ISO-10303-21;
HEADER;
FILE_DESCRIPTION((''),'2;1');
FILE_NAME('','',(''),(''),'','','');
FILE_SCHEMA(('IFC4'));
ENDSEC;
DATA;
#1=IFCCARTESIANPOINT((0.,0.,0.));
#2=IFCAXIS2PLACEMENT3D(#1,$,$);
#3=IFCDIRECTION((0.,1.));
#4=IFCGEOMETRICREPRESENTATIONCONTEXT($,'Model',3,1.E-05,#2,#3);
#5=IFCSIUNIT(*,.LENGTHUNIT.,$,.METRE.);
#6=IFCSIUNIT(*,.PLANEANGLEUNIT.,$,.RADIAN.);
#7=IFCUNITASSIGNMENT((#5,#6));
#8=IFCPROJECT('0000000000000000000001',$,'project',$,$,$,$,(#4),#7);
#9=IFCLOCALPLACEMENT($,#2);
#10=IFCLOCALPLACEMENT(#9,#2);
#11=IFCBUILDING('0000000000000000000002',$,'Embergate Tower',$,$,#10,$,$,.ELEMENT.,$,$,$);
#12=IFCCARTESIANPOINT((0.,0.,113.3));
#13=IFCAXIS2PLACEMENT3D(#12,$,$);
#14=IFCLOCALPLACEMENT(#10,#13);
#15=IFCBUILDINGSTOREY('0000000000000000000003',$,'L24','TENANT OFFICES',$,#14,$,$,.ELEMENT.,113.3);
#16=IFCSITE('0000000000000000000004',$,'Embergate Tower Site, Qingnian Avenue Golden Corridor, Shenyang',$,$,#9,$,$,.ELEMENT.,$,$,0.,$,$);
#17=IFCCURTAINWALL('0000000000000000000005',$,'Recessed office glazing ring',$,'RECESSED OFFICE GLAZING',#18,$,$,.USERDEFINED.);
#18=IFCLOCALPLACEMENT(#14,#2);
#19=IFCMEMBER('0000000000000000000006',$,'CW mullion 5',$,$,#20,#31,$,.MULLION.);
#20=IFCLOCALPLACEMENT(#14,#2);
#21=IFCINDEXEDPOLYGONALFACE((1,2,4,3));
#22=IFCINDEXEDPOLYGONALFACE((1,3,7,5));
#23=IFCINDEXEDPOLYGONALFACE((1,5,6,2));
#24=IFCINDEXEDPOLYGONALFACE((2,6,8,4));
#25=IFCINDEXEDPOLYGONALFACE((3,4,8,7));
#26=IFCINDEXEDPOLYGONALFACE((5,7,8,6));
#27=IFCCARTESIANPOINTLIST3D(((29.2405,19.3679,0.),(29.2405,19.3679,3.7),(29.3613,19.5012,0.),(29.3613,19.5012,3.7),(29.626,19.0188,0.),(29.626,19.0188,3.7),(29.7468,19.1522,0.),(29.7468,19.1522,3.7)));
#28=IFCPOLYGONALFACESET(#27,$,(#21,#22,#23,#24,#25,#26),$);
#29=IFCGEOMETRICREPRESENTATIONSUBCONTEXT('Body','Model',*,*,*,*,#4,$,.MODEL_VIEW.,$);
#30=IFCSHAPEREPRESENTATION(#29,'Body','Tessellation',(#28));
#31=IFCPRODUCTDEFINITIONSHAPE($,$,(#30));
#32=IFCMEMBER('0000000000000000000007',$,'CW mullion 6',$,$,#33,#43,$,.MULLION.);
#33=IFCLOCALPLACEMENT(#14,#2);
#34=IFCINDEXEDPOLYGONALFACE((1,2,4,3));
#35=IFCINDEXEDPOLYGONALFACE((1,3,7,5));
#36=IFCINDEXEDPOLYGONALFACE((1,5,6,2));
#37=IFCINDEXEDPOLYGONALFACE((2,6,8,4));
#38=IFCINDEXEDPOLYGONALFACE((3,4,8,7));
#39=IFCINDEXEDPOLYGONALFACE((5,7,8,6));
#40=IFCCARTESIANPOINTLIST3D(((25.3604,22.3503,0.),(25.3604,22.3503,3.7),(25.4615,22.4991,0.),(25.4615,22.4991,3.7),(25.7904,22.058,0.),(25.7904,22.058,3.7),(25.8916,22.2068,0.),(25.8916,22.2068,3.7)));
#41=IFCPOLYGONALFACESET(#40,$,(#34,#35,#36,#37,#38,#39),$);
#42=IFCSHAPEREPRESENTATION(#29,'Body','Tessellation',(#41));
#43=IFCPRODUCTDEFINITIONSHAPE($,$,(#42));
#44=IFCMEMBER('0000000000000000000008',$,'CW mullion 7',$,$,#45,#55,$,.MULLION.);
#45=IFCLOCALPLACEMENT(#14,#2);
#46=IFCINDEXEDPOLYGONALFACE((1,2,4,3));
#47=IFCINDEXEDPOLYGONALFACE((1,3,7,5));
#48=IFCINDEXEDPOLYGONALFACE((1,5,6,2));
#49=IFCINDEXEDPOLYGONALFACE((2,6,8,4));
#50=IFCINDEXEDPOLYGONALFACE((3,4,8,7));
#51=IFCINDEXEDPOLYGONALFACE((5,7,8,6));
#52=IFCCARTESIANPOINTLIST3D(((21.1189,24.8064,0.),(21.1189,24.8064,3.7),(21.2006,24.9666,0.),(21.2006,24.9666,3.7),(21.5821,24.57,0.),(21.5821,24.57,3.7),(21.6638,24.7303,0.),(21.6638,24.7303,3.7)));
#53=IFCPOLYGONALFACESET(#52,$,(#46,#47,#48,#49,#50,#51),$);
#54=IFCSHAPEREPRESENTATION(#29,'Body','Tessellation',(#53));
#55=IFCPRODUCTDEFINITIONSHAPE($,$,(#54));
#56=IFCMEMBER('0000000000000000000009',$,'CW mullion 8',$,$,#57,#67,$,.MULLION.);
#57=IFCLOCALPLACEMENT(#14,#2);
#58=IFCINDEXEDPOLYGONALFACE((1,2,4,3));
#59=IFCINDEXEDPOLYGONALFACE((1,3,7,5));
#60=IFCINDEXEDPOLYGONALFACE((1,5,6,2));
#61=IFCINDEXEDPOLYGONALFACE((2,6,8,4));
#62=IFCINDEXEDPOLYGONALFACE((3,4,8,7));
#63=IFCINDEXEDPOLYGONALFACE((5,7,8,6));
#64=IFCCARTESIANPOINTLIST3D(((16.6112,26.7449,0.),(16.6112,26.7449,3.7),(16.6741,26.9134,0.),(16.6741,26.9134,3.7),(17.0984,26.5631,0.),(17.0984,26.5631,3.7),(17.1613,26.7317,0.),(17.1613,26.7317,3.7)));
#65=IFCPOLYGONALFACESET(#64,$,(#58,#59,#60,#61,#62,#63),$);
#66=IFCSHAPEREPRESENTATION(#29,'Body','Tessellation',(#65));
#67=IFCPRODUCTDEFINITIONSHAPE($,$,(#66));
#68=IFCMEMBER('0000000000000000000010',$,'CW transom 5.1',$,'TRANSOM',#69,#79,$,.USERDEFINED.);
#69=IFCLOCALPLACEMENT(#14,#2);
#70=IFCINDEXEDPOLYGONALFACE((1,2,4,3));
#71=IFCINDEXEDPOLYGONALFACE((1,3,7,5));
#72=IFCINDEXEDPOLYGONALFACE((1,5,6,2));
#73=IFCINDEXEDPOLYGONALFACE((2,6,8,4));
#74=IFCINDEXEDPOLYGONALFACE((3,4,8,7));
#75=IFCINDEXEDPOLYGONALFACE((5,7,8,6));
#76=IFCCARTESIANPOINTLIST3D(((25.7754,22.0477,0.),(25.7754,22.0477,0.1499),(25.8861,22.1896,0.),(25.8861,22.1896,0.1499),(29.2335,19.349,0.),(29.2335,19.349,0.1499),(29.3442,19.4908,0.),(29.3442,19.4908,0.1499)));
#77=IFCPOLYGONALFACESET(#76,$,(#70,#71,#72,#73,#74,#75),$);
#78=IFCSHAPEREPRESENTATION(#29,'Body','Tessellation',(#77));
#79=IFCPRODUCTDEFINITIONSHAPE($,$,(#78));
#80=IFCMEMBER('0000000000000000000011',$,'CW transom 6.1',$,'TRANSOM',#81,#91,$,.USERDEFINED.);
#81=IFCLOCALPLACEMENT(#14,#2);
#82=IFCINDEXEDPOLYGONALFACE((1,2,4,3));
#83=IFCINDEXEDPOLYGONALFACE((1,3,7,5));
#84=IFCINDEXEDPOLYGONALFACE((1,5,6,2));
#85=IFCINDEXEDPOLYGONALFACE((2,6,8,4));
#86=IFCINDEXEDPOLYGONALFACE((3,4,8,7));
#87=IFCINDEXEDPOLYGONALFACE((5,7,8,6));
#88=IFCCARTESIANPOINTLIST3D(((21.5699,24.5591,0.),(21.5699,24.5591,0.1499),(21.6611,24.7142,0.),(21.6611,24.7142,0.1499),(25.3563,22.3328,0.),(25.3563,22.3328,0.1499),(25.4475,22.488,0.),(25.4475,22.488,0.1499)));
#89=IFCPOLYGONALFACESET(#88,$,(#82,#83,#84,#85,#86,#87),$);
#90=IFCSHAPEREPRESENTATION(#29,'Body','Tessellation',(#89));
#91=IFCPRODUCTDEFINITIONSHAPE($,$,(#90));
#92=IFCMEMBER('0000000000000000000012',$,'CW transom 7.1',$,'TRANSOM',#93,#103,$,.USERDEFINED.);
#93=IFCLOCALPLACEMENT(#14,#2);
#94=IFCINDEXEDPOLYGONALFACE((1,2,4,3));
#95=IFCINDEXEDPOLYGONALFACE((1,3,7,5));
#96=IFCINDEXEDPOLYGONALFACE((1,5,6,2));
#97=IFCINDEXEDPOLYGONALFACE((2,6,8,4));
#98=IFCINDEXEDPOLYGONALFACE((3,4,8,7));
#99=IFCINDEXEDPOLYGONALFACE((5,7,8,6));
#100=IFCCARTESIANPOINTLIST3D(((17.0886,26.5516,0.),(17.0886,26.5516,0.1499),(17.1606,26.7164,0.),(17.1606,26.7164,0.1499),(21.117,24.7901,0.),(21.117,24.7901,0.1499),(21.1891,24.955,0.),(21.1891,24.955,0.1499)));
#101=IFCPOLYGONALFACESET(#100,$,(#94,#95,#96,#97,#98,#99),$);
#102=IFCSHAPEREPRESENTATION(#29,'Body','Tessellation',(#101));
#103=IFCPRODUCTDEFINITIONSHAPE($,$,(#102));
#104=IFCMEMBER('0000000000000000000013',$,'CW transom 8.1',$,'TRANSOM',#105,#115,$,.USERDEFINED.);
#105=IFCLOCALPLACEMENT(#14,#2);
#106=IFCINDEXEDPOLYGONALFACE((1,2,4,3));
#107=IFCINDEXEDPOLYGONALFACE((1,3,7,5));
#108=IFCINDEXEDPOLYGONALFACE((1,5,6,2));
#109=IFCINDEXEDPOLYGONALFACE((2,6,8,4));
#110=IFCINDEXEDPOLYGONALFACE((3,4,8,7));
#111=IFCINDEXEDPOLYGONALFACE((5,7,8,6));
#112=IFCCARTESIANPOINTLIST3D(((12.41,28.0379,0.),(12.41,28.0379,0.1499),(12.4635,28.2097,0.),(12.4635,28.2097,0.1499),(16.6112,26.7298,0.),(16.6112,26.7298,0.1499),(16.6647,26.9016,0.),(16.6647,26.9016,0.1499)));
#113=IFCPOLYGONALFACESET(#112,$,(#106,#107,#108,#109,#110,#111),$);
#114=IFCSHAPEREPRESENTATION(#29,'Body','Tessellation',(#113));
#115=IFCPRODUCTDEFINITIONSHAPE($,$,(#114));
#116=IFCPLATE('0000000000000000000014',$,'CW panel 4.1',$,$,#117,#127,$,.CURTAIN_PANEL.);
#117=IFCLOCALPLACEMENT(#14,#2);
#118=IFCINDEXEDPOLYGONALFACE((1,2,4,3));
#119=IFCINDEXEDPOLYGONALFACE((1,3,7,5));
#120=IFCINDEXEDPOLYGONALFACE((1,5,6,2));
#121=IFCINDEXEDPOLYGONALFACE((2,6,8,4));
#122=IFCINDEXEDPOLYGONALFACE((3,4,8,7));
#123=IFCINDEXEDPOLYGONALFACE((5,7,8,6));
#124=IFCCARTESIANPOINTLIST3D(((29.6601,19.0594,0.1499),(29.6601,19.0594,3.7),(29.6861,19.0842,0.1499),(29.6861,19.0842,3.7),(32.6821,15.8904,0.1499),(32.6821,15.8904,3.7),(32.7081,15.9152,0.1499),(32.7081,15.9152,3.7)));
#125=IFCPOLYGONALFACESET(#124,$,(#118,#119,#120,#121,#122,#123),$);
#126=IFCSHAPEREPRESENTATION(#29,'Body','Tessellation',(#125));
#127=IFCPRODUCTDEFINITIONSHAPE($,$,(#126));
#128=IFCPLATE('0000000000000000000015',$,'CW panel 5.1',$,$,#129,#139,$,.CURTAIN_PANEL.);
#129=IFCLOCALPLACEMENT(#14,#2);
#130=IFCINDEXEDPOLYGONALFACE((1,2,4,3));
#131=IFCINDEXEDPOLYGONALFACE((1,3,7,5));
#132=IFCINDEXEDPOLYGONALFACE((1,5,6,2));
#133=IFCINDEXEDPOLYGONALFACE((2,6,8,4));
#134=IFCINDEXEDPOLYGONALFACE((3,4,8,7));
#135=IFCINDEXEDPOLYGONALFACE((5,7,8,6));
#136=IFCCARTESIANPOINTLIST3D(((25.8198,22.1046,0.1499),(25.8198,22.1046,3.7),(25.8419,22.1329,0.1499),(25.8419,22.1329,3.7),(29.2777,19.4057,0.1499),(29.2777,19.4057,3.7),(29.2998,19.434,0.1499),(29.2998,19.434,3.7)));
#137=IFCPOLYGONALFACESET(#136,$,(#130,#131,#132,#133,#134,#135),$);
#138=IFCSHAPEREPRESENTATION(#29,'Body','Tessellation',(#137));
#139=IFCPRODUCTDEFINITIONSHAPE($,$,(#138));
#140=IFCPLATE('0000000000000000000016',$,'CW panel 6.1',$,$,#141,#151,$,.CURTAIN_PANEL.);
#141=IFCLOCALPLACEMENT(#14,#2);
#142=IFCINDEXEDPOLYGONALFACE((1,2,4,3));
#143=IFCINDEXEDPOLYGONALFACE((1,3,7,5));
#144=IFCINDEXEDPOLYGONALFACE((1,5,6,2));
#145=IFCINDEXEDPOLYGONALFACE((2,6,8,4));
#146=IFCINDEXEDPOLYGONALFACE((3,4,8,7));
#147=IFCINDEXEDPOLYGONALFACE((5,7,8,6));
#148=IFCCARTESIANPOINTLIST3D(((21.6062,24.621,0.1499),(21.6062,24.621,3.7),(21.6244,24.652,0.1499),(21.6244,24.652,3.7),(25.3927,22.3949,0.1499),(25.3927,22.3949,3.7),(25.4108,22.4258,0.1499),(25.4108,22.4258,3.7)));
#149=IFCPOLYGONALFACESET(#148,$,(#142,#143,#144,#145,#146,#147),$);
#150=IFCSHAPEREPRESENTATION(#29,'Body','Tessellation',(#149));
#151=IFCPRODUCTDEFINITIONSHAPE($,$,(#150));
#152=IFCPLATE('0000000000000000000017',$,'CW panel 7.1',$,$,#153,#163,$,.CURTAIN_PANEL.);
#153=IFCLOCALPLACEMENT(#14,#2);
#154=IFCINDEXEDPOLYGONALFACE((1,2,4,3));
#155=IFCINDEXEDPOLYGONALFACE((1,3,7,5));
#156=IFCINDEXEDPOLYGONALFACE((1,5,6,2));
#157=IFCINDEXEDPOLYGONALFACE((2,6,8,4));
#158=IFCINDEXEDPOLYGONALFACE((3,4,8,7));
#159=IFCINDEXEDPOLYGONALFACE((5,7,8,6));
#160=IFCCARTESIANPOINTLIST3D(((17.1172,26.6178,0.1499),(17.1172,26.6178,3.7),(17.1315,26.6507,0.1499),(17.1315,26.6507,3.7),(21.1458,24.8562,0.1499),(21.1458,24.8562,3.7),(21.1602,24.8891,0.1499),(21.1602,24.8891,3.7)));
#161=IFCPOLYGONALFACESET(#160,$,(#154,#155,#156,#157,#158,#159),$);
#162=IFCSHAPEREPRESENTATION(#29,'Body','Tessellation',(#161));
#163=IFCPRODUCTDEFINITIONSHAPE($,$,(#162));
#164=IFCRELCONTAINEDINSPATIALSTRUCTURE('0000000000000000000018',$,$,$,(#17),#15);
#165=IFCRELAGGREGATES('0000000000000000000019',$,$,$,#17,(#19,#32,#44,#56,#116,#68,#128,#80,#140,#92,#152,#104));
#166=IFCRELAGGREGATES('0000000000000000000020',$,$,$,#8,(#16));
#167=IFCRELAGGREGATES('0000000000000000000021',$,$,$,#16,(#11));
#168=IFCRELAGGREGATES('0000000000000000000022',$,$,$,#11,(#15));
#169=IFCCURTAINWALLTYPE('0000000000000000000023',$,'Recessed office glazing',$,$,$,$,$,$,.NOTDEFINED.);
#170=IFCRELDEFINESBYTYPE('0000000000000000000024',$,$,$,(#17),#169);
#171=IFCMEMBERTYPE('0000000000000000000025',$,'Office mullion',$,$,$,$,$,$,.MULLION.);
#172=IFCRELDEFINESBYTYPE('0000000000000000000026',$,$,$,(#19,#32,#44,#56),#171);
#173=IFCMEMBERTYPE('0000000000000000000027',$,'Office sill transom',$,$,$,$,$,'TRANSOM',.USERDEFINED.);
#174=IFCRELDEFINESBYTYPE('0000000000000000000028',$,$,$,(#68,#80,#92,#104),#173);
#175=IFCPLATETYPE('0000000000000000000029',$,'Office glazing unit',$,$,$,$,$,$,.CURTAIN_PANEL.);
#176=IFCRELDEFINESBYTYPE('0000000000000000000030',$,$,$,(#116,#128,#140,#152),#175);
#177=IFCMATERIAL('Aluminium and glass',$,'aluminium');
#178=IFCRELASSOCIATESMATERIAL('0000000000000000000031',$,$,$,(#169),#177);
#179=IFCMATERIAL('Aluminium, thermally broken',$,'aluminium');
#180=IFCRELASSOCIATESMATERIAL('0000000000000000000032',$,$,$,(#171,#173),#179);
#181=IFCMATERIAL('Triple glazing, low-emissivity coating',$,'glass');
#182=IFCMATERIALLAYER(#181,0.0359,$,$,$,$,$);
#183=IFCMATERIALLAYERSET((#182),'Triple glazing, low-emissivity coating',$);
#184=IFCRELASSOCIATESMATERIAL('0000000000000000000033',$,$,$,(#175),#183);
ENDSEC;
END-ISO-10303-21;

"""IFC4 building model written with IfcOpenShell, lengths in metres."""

from ifc_helpers import new_model, si_unit, direction, frame, origin, origin_2d, place, context, subcontext, project, spatial, rectangle, extrude, source, transform, mapped, material, layer, layer_set, material_profile, profile_set, type_object, element, aggregate, save


model = new_model("IFC4")

# Units and contexts
model_context = context("Model", 3, precision=1e-05, world=origin(), true_north=direction((0.0, 1.0)))
body_context = subcontext(model_context, "Body", "Model", "MODEL_VIEW")
ifc_project = project(units=[si_unit("LENGTHUNIT", "METRE"), si_unit("PLANEANGLEUNIT", "RADIAN")], contexts=[model_context])

# Site, building, storey
site_placement = place(None, origin())
site = spatial("IfcSite", under=ifc_project, at=site_placement, Name="Embergate Tower Site, Qingnian Avenue Golden Corridor, Shenyang", CompositionType="ELEMENT", RefElevation=0.0)
building_placement = place(site_placement, origin())
building = spatial("IfcBuilding", under=site, at=building_placement, Name="Embergate Tower", CompositionType="ELEMENT")
storey_placement = place(building_placement, frame((0.0, 0.0, 113.3)))
storey = spatial("IfcBuildingStorey", under=building, at=storey_placement, Name="L24", Description="TENANT OFFICES", CompositionType="ELEMENT", Elevation=113.3)

# Curtain wall, members, plates
ifc_material_1 = material(Name="Aluminium and glass", Category="aluminium")
curtain_wall_type = type_object("IfcCurtainWallType", Name="Recessed office glazing", PredefinedType="NOTDEFINED", material=ifc_material_1)
curtain_wall_placement = place(storey_placement, origin())
curtain_wall = element("IfcCurtainWall", 1, at=curtain_wall_placement, inside=storey, type_object=curtain_wall_type, Name="Recessed office glazing ring", ObjectType="RECESSED OFFICE GLAZING", PredefinedType="USERDEFINED")
ifc_material_2 = material(Name="Aluminium, thermally broken", Category="aluminium")
ifc_material_profile_1 = material_profile(ifc_material_2, rectangle(XDim=0.1799, YDim=0.52, at=origin_2d()), Name="AL 520x180")
ifc_profile_set_1 = profile_set([ifc_material_profile_1], Name="Aluminium, thermally broken")
member_type_1 = type_object("IfcMemberType", Name="Office mullion", PredefinedType="MULLION", material=ifc_profile_set_1)
shared_shape_1 = source(origin(), body_context, "Body", "SweptSolid", [
    extrude(rectangle(XDim=0.1799, YDim=0.52, at=origin_2d()), origin(), (0.0, 0.0, 1.0), 3.7),
])
member_1_placement = place(storey_placement, frame((29.4937, 19.26, 0.0), z_axis=(0.0, 0.0, 1.0), x_axis=(-0.671233, -0.741246, 0.0)))
member_1 = element("IfcMember", 2, at=member_1_placement, type_object=member_type_1, Name="CW mullion 5", PredefinedType="MULLION", context=body_context, shape_type="MappedRepresentation", body=[
    mapped(shared_shape_1, transform((0.0, 0.0, 0.0))),
])
member_2_placement = place(storey_placement, frame((25.626, 22.2786, 0.0), z_axis=(0.0, 0.0, 1.0), x_axis=(-0.562223, -0.826985, 0.0)))
member_2 = element("IfcMember", 3, at=member_2_placement, type_object=member_type_1, Name="CW mullion 6", PredefinedType="MULLION", context=body_context, shape_type="MappedRepresentation", body=[
    mapped(shared_shape_1, transform((0.0, 0.0, 0.0))),
])
member_3_placement = place(storey_placement, frame((21.3914, 24.7683, 0.0), z_axis=(0.0, 0.0, 1.0), x_axis=(-0.454516, -0.890739, 0.0)))
member_3 = element("IfcMember", 4, at=member_3_placement, type_object=member_type_1, Name="CW mullion 7", PredefinedType="MULLION", context=body_context, shape_type="MappedRepresentation", body=[
    mapped(shared_shape_1, transform((0.0, 0.0, 0.0))),
])
member_4_placement = place(storey_placement, frame((16.8862, 26.7383, 0.0), z_axis=(0.0, 0.0, 1.0), x_axis=(-0.349506, -0.936934, 0.0)))
member_4 = element("IfcMember", 5, at=member_4_placement, type_object=member_type_1, Name="CW mullion 8", PredefinedType="MULLION", context=body_context, shape_type="MappedRepresentation", body=[
    mapped(shared_shape_1, transform((0.0, 0.0, 0.0))),
])
ifc_material_profile_2 = material_profile(ifc_material_2, rectangle(XDim=0.1799, YDim=0.1499, at=origin_2d()), Name="AL 150x180")
ifc_profile_set_2 = profile_set([ifc_material_profile_2], Name="Aluminium, thermally broken")
member_type_2 = type_object("IfcMemberType", Name="Office sill transom", ElementType="TRANSOM", PredefinedType="USERDEFINED", material=ifc_profile_set_2)
shared_shape_2 = source(origin(), body_context, "Body", "SweptSolid", [
    extrude(rectangle(XDim=0.1799, YDim=0.1499, at=origin_2d()), origin(), (0.0, 0.0, 1.0), 4.3865),
])
member_5_placement = place(storey_placement, frame((29.2888, 19.4199, 0.075), z_axis=(-0.788338, 0.615242, 0.0), x_axis=(-0.615242, -0.788338, 0.0)))
member_5 = element("IfcMember", 6, at=member_5_placement, type_object=member_type_2, Name="CW transom 5.1", ObjectType="TRANSOM", PredefinedType="USERDEFINED", context=body_context, shape_type="MappedRepresentation", body=[
    mapped(shared_shape_2, transform((0.0, 0.0, 0.0))),
])
shared_shape_3 = source(origin(), body_context, "Body", "SweptSolid", [
    extrude(rectangle(XDim=0.1799, YDim=0.1499, at=origin_2d()), origin(), (0.0, 0.0, 1.0), 4.3923),
])
member_6_placement = place(storey_placement, frame((25.4019, 22.4104, 0.075), z_axis=(-0.86203, 0.506857, 0.0), x_axis=(-0.506857, -0.86203, 0.0)))
member_6 = element("IfcMember", 7, at=member_6_placement, type_object=member_type_2, Name="CW transom 6.1", ObjectType="TRANSOM", PredefinedType="USERDEFINED", context=body_context, shape_type="MappedRepresentation", body=[
    mapped(shared_shape_3, transform((0.0, 0.0, 0.0))),
])
shared_shape_4 = source(origin(), body_context, "Body", "SweptSolid", [
    extrude(rectangle(XDim=0.1799, YDim=0.1499, at=origin_2d()), origin(), (0.0, 0.0, 1.0), 4.3967),
])
member_7_placement = place(storey_placement, frame((21.1531, 24.8726, 0.075), z_axis=(-0.916243, 0.400624, 0.0), x_axis=(-0.400624, -0.916243, 0.0)))
member_7 = element("IfcMember", 8, at=member_7_placement, type_object=member_type_2, Name="CW transom 7.1", ObjectType="TRANSOM", PredefinedType="USERDEFINED", context=body_context, shape_type="MappedRepresentation", body=[
    mapped(shared_shape_4, transform((0.0, 0.0, 0.0))),
])
shared_shape_5 = source(origin(), body_context, "Body", "SweptSolid", [
    extrude(rectangle(XDim=0.1799, YDim=0.1499, at=origin_2d()), origin(), (0.0, 0.0, 1.0), 4.4001),
])
member_8_placement = place(storey_placement, frame((16.6379, 26.8157, 0.075), z_axis=(-0.954788, 0.297289, 0.0), x_axis=(-0.297289, -0.954788, 0.0)))
member_8 = element("IfcMember", 9, at=member_8_placement, type_object=member_type_2, Name="CW transom 8.1", ObjectType="TRANSOM", PredefinedType="USERDEFINED", context=body_context, shape_type="MappedRepresentation", body=[
    mapped(shared_shape_5, transform((0.0, 0.0, 0.0))),
])
ifc_material_3 = material(Name="Triple glazing, low-emissivity coating", Category="glass")
ifc_layer = layer(ifc_material_3, 0.0359)
ifc_layer_set = layer_set([ifc_layer], Name="Triple glazing, low-emissivity coating")
plate_type = type_object("IfcPlateType", Name="Office glazing unit", PredefinedType="CURTAIN_PANEL", material=ifc_layer_set)
shared_shape_6 = source(origin(), body_context, "Body", "SweptSolid", [
    extrude(rectangle(XDim=4.3789, YDim=0.0359, at=origin_2d()), origin(), (0.0, 0.0, 1.0), 3.55),
])
plate_1_placement = place(storey_placement, frame((31.1841, 17.4873, 0.1499), z_axis=(0.0, 0.0, 1.0), x_axis=(-0.69013, 0.723685, 0.0)))
plate_1 = element("IfcPlate", 10, at=plate_1_placement, type_object=plate_type, Name="CW panel 4.1", PredefinedType="CURTAIN_PANEL", context=body_context, shape_type="MappedRepresentation", body=[
    mapped(shared_shape_6, transform((0.0, 0.0, 0.0))),
])
shared_shape_7 = source(origin(), body_context, "Body", "SweptSolid", [
    extrude(rectangle(XDim=4.3865, YDim=0.0359, at=origin_2d()), origin(), (0.0, 0.0, 1.0), 3.55),
])
plate_2_placement = place(storey_placement, frame((27.5598, 20.7693, 0.1499), z_axis=(0.0, 0.0, 1.0), x_axis=(-0.788317, 0.615269, 0.0)))
plate_2 = element("IfcPlate", 11, at=plate_2_placement, type_object=plate_type, Name="CW panel 5.1", PredefinedType="CURTAIN_PANEL", context=body_context, shape_type="MappedRepresentation", body=[
    mapped(shared_shape_7, transform((0.0, 0.0, 0.0))),
])
shared_shape_8 = source(origin(), body_context, "Body", "SweptSolid", [
    extrude(rectangle(XDim=4.3923, YDim=0.0359, at=origin_2d()), origin(), (0.0, 0.0, 1.0), 3.55),
])
plate_3_placement = place(storey_placement, frame((23.5085, 23.5234, 0.1499), z_axis=(0.0, 0.0, 1.0), x_axis=(-0.862051, 0.506822, 0.0)))
plate_3 = element("IfcPlate", 12, at=plate_3_placement, type_object=plate_type, Name="CW panel 6.1", PredefinedType="CURTAIN_PANEL", context=body_context, shape_type="MappedRepresentation", body=[
    mapped(shared_shape_8, transform((0.0, 0.0, 0.0))),
])
shared_shape_9 = source(origin(), body_context, "Body", "SweptSolid", [
    extrude(rectangle(XDim=4.397, YDim=0.0359, at=origin_2d()), origin(), (0.0, 0.0, 1.0), 3.55),
])
plate_4_placement = place(storey_placement, frame((19.1387, 25.7534, 0.1499), z_axis=(0.0, 0.0, 1.0), x_axis=(-0.916234, 0.400643, 0.0)))
plate_4 = element("IfcPlate", 13, at=plate_4_placement, type_object=plate_type, Name="CW panel 7.1", PredefinedType="CURTAIN_PANEL", context=body_context, shape_type="MappedRepresentation", body=[
    mapped(shared_shape_9, transform((0.0, 0.0, 0.0))),
])
aggregate(curtain_wall, [member_1, member_2, member_3, member_4, plate_1, member_5, plate_2, member_6, plate_3, member_7, plate_4, member_8])

save(model, "model.ifc")
